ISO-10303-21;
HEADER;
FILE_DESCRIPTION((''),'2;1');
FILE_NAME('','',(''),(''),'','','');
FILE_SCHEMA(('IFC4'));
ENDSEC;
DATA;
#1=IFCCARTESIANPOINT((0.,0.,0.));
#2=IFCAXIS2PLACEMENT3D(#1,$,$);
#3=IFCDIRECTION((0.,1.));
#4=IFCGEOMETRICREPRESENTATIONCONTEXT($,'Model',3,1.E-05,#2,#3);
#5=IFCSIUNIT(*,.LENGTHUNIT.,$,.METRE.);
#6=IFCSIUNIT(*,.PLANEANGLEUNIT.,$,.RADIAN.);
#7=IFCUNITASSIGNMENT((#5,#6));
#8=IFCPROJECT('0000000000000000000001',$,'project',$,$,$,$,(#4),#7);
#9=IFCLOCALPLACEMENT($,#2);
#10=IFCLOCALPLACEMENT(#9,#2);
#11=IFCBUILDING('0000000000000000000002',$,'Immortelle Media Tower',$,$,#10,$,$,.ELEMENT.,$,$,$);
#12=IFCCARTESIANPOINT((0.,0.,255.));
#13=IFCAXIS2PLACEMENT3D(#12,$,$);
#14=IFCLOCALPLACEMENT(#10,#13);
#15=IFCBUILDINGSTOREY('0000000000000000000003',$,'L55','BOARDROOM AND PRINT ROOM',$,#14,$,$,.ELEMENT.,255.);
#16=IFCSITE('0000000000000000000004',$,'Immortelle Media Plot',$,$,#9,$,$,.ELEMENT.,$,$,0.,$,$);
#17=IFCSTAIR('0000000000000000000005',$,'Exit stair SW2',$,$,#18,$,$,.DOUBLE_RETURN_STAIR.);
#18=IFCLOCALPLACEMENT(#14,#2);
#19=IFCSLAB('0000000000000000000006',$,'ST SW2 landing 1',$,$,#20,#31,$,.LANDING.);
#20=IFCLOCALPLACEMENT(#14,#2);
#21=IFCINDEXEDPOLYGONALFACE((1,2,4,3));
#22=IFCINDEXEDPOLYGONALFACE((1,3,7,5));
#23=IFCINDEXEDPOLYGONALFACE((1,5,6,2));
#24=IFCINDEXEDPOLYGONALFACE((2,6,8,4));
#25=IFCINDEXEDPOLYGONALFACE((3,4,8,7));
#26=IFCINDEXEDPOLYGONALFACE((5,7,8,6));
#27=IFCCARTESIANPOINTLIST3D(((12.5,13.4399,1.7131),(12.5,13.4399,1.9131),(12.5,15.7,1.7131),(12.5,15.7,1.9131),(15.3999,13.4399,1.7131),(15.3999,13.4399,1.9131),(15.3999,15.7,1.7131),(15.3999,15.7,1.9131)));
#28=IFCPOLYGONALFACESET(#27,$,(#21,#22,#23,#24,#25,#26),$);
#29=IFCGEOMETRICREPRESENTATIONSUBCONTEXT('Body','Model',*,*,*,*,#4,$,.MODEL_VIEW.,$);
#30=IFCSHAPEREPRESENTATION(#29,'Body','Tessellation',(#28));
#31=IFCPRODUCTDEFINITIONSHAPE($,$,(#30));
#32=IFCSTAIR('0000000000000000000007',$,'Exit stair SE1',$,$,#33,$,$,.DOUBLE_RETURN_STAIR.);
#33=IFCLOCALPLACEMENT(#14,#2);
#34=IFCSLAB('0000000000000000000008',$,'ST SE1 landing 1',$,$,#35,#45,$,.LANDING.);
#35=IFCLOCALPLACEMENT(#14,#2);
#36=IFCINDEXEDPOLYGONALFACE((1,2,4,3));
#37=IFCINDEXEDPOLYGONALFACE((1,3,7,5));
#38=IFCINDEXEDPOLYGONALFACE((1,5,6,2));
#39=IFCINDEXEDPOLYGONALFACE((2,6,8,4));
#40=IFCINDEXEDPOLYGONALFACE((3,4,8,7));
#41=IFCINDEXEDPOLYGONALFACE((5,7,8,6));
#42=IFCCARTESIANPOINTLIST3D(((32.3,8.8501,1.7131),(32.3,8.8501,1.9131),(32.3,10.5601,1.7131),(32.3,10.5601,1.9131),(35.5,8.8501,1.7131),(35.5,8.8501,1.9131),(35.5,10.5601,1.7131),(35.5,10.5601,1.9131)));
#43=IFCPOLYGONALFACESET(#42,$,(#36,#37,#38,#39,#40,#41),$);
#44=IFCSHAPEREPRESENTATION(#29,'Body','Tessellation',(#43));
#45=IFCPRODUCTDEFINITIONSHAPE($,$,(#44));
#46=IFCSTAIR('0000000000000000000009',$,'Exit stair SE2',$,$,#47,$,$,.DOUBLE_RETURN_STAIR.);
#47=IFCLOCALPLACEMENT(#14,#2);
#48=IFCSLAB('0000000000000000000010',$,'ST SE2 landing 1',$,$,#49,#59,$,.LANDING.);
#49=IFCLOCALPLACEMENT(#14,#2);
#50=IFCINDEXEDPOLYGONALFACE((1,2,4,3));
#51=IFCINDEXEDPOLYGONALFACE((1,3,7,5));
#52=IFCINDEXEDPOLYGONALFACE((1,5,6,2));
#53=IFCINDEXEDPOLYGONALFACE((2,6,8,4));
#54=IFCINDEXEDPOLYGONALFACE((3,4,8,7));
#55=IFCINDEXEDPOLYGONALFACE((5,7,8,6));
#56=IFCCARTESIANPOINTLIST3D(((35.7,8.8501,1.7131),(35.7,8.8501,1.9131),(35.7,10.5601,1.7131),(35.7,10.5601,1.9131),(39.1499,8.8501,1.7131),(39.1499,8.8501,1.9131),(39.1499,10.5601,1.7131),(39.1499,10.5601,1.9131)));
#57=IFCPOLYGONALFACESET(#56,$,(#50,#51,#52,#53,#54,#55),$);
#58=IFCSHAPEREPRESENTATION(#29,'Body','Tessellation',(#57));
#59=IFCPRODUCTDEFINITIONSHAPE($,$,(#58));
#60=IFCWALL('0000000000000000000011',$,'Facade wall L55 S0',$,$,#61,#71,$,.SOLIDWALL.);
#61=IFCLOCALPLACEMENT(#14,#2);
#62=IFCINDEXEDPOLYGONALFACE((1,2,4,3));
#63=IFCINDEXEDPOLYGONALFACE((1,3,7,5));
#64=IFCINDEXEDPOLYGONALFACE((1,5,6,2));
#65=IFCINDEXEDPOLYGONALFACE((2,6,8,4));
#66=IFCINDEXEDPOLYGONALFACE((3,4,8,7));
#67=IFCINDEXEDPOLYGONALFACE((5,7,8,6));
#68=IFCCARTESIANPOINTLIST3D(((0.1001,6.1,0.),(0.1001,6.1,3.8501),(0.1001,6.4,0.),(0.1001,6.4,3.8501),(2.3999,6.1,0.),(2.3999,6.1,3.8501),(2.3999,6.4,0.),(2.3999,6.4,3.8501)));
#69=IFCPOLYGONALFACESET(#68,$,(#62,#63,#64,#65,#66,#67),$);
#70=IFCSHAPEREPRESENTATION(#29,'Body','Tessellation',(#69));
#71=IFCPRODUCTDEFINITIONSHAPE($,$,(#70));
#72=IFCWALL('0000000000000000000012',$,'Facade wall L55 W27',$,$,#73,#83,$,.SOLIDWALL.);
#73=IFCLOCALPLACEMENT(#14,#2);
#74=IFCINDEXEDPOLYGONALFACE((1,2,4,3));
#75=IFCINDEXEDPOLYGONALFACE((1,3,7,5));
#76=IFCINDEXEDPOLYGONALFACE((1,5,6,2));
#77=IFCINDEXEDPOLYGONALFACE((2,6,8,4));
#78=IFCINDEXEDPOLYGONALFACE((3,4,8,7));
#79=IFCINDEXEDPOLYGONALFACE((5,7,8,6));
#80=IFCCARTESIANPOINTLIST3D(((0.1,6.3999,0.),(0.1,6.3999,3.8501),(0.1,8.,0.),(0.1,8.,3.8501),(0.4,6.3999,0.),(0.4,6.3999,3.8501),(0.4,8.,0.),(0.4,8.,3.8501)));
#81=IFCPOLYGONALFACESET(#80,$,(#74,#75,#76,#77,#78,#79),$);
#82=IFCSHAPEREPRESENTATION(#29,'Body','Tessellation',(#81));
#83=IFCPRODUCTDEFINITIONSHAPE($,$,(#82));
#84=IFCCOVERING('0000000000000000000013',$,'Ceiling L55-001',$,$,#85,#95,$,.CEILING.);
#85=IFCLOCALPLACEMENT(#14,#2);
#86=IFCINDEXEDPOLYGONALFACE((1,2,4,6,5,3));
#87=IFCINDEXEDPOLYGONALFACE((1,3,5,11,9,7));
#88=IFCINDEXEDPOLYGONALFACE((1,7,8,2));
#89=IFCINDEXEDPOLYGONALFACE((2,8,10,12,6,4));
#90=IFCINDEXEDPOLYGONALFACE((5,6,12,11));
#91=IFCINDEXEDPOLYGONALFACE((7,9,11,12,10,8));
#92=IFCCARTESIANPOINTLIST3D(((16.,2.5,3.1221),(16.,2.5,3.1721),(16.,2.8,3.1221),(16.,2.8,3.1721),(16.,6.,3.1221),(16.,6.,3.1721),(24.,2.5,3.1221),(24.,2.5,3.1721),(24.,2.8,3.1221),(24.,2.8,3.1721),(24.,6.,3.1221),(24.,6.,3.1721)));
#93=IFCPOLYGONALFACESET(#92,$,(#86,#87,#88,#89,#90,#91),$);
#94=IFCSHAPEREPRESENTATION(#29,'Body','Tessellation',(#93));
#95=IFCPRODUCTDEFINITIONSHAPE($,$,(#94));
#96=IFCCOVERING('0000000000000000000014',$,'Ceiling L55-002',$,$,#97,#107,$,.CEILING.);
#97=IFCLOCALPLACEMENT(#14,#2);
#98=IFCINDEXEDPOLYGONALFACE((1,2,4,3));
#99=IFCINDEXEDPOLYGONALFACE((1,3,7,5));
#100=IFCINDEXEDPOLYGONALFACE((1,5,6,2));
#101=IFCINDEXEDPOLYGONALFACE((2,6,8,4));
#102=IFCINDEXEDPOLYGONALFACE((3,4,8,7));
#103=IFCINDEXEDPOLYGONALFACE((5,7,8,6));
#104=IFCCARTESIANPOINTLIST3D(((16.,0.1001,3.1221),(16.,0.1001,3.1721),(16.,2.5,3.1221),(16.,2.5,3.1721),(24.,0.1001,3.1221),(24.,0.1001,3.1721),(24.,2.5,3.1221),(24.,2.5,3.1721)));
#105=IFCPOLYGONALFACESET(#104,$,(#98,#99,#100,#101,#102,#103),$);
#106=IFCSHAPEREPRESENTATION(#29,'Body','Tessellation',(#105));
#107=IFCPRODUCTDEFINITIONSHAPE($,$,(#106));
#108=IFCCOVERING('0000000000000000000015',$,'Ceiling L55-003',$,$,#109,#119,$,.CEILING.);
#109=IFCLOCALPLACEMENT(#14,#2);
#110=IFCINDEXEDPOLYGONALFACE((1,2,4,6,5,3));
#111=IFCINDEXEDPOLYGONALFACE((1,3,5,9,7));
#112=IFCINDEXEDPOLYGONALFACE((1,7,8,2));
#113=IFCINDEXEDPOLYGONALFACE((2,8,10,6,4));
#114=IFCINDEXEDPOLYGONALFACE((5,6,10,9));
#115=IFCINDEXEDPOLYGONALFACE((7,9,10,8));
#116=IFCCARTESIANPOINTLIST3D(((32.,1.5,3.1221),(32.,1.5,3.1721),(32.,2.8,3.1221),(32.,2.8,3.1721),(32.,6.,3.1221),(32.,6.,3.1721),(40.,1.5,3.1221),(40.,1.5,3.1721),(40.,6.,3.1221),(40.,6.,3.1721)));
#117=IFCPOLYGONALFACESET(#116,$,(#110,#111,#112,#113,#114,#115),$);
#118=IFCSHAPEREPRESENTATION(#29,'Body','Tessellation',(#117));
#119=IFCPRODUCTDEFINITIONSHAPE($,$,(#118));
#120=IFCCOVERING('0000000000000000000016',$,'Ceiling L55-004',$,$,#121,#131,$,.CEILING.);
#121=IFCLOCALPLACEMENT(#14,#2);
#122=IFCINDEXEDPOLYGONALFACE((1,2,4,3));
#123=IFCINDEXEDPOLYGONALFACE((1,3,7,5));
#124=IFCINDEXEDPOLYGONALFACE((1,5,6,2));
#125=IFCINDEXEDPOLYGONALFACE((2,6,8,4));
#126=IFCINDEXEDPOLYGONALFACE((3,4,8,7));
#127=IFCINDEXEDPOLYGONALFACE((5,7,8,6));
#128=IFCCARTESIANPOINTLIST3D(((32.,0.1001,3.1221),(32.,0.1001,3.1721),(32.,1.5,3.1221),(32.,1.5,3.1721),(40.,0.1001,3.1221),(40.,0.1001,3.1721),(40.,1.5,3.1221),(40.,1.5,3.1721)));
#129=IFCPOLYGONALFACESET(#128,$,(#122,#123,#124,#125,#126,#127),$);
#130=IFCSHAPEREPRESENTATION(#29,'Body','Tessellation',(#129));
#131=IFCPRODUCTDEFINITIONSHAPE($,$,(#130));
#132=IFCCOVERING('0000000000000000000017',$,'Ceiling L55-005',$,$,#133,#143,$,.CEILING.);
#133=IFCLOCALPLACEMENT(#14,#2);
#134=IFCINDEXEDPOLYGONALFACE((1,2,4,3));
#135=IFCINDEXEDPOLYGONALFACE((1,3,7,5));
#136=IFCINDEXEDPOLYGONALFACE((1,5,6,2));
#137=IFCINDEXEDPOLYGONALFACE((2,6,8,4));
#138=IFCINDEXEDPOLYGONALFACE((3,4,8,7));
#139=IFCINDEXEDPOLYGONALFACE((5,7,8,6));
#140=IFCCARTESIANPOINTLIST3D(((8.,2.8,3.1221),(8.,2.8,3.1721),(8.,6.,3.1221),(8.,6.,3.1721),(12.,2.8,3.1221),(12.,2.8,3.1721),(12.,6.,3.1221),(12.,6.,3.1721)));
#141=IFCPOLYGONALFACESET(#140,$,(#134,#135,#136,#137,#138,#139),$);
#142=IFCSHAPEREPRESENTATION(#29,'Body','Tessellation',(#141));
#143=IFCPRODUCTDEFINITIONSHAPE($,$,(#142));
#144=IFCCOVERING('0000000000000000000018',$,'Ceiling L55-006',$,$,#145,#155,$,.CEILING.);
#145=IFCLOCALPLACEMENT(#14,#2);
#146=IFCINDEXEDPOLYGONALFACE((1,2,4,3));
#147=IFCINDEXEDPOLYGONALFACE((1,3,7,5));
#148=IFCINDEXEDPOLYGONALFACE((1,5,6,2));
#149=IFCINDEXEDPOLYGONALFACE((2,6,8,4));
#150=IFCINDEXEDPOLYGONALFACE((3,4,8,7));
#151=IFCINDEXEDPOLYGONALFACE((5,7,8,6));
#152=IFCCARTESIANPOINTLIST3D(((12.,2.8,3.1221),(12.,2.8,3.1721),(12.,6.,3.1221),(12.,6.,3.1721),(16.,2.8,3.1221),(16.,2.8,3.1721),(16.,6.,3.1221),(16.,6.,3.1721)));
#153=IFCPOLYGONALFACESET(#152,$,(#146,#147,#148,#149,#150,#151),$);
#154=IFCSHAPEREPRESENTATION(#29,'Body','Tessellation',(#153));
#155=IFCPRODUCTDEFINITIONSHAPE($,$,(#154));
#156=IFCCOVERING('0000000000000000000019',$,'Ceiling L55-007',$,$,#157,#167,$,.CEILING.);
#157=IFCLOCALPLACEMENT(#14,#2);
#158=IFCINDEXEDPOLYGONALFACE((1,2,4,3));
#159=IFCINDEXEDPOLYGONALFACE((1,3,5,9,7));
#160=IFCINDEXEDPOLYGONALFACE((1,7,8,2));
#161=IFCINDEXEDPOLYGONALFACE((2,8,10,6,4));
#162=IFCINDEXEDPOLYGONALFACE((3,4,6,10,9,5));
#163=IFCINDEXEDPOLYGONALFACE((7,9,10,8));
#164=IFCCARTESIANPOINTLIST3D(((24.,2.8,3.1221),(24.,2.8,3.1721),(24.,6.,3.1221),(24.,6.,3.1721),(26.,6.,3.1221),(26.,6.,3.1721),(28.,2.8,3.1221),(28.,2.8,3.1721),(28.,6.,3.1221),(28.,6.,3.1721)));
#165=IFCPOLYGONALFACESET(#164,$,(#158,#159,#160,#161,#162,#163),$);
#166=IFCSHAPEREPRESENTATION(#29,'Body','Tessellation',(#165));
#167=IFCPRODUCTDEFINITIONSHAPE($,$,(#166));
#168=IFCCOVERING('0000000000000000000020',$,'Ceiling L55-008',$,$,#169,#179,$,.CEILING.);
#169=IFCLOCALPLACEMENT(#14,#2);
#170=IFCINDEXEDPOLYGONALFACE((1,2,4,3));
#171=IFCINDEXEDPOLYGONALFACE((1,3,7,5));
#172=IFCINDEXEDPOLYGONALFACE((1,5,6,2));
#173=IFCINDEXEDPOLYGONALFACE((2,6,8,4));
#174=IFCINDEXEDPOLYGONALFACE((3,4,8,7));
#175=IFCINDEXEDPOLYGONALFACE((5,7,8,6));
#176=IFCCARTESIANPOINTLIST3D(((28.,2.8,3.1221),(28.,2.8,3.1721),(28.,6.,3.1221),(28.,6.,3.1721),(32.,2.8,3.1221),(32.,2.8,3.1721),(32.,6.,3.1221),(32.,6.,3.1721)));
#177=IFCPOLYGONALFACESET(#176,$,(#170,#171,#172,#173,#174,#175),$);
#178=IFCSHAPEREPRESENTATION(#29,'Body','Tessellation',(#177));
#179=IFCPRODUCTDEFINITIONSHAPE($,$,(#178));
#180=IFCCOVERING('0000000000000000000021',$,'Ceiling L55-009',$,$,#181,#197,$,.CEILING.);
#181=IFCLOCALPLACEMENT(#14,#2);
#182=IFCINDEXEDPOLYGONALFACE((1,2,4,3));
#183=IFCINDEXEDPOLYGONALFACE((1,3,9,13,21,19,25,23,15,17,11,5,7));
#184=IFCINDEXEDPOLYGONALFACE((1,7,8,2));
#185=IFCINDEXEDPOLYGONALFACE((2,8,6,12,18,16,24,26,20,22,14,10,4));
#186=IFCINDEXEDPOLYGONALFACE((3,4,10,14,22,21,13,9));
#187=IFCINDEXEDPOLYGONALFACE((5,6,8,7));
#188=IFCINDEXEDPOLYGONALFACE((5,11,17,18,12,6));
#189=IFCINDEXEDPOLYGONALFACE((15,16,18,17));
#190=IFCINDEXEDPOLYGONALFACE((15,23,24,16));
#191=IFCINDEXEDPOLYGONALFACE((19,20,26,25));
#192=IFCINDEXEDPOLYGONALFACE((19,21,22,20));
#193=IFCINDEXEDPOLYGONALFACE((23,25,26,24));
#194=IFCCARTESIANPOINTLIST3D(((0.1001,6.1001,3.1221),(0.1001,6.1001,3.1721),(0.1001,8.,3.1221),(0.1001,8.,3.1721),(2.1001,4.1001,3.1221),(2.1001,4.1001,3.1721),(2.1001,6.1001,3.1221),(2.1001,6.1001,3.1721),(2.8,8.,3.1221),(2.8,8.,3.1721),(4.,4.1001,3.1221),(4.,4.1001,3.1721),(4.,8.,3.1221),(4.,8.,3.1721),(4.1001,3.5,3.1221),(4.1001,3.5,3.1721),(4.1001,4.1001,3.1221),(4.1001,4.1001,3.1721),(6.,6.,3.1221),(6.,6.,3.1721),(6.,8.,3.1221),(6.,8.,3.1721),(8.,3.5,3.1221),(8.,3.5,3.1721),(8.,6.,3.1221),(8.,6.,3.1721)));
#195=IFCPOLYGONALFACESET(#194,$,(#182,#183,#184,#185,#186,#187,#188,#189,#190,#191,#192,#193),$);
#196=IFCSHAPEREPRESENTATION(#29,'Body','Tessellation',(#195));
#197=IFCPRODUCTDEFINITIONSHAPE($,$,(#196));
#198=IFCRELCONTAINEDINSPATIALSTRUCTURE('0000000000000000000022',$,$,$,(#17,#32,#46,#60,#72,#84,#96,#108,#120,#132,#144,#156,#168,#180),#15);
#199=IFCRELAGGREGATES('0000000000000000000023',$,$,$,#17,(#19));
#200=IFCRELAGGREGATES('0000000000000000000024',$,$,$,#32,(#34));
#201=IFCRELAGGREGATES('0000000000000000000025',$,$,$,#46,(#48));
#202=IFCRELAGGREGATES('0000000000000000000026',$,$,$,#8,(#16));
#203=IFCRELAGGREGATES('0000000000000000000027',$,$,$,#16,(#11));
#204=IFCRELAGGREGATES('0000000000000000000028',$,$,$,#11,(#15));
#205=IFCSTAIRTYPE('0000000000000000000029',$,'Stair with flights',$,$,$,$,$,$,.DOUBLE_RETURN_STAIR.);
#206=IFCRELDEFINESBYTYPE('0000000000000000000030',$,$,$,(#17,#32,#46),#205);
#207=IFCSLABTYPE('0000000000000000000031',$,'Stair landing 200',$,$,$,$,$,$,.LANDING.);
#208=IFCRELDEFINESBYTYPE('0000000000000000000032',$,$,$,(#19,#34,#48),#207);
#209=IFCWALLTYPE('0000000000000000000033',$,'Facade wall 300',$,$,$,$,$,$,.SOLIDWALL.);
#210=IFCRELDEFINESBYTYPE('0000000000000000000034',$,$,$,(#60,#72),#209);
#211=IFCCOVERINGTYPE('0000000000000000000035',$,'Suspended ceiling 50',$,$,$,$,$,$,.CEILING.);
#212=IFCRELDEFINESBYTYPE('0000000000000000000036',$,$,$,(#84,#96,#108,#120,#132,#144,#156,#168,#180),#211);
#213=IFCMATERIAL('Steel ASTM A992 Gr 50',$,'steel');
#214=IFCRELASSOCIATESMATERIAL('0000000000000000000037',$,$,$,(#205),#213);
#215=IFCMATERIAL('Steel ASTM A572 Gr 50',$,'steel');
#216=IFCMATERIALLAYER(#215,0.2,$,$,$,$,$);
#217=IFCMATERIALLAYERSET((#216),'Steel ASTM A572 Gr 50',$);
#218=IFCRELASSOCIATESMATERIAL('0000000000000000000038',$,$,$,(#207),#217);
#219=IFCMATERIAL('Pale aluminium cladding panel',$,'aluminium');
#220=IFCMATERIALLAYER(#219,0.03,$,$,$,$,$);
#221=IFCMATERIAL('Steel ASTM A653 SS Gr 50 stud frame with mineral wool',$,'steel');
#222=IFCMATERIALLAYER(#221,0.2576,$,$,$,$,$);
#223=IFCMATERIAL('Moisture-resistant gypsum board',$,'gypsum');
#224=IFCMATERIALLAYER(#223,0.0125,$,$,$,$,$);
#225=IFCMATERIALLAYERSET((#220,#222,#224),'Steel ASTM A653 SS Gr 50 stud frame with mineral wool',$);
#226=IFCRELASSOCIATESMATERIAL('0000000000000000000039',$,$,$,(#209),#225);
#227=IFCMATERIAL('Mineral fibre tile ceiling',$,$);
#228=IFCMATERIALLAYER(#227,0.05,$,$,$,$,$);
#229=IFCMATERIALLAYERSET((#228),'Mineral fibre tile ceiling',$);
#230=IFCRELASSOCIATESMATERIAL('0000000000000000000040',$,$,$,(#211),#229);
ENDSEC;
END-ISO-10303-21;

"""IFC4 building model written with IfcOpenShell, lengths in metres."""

from ifc_helpers import new_model, si_unit, direction, frame, frame_2d, origin, place, context, subcontext, project, spatial, polyline, rectangle, outline, extrude, material, layer, layer_set, type_object, element, aggregate, save


model = new_model("IFC4")

# Units and contexts
model_context = context("Model", 3, precision=1e-05, world=origin(), true_north=direction((0.0, 1.0)))
body_context = subcontext(model_context, "Body", "Model", "MODEL_VIEW")
ifc_project = project(units=[si_unit("LENGTHUNIT", "METRE"), si_unit("PLANEANGLEUNIT", "RADIAN")], contexts=[model_context])

# Site, building, storey
site_placement = place(None, origin())
site = spatial("IfcSite", under=ifc_project, at=site_placement, Name="Immortelle Media Plot", CompositionType="ELEMENT", RefElevation=0.0)
building_placement = place(site_placement, origin())
building = spatial("IfcBuilding", under=site, at=building_placement, Name="Immortelle Media Tower", CompositionType="ELEMENT")
storey_placement = place(building_placement, frame((0.0, 0.0, 255.0)))
storey = spatial("IfcBuildingStorey", under=building, at=storey_placement, Name="L55", Description="BOARDROOM AND PRINT ROOM", CompositionType="ELEMENT", Elevation=255.0)

# Shared definitions
ifc_material_1 = material(Name="Steel ASTM A992 Gr 50", Category="steel")

# Stairs, slabs
stair_type = type_object("IfcStairType", Name="Stair with flights", PredefinedType="DOUBLE_RETURN_STAIR", material=ifc_material_1)
ifc_material_2 = material(Name="Steel ASTM A572 Gr 50", Category="steel")
ifc_layer_1 = layer(ifc_material_2, 0.2)
ifc_layer_set_1 = layer_set([ifc_layer_1], Name="Steel ASTM A572 Gr 50")
slab_type_1 = type_object("IfcSlabType", Name="Stair landing 200", PredefinedType="LANDING", material=ifc_layer_set_1)
stair_1_placement = place(storey_placement, origin())
stair_1 = element("IfcStair", 1, at=stair_1_placement, inside=storey, type_object=stair_type, Name="Exit stair SW2", PredefinedType="DOUBLE_RETURN_STAIR")
slab_1_placement = place(storey_placement, frame((0.0, 0.0, 1.7131)))
slab_1 = element("IfcSlab", 2, at=slab_1_placement, type_object=slab_type_1, Name="ST SW2 landing 1", PredefinedType="LANDING", context=body_context, shape_type="SweptSolid", body=[
    extrude(outline(polyline([(12.5, 13.4399), (15.3999, 13.4399), (15.3999, 15.7), (12.5, 15.7), (12.5, 13.4399)])), origin(), (0.0, 0.0, 1.0), 0.2),
])
aggregate(stair_1, [slab_1])
stair_2_placement = place(storey_placement, origin())
stair_2 = element("IfcStair", 3, at=stair_2_placement, inside=storey, type_object=stair_type, Name="Exit stair SE1", PredefinedType="DOUBLE_RETURN_STAIR")
slab_2_placement = place(storey_placement, frame((0.0, 0.0, 1.7131)))
slab_2 = element("IfcSlab", 4, at=slab_2_placement, type_object=slab_type_1, Name="ST SE1 landing 1", PredefinedType="LANDING", context=body_context, shape_type="SweptSolid", body=[
    extrude(outline(polyline([(32.3, 8.8501), (35.5, 8.8501), (35.5, 10.5601), (32.3, 10.5601), (32.3, 8.8501)])), origin(), (0.0, 0.0, 1.0), 0.2),
])
aggregate(stair_2, [slab_2])
stair_3_placement = place(storey_placement, origin())
stair_3 = element("IfcStair", 5, at=stair_3_placement, inside=storey, type_object=stair_type, Name="Exit stair SE2", PredefinedType="DOUBLE_RETURN_STAIR")
slab_3_placement = place(storey_placement, frame((0.0, 0.0, 1.7131)))
slab_3 = element("IfcSlab", 6, at=slab_3_placement, type_object=slab_type_1, Name="ST SE2 landing 1", PredefinedType="LANDING", context=body_context, shape_type="SweptSolid", body=[
    extrude(outline(polyline([(35.7, 8.8501), (39.1499, 8.8501), (39.1499, 10.5601), (35.7, 10.5601), (35.7, 8.8501)])), origin(), (0.0, 0.0, 1.0), 0.2),
])
aggregate(stair_3, [slab_3])

# Walls
ifc_material_3 = material(Name="Pale aluminium cladding panel", Category="aluminium")
ifc_layer_2 = layer(ifc_material_3, 0.03)
ifc_material_4 = material(Name="Steel ASTM A653 SS Gr 50 stud frame with mineral wool", Category="steel")
ifc_layer_3 = layer(ifc_material_4, 0.2576)
ifc_material_5 = material(Name="Moisture-resistant gypsum board", Category="gypsum")
ifc_layer_4 = layer(ifc_material_5, 0.0125)
ifc_layer_set_2 = layer_set([ifc_layer_2, ifc_layer_3, ifc_layer_4], Name="Steel ASTM A653 SS Gr 50 stud frame with mineral wool")
wall_type = type_object("IfcWallType", Name="Facade wall 300", PredefinedType="SOLIDWALL", material=ifc_layer_set_2)
wall_1_placement = place(storey_placement, frame((0.1001, 6.25, 0.0), z_axis=(0.0, 0.0, 1.0), x_axis=(1.0, 0.0, 0.0)))
element("IfcWall", 7, at=wall_1_placement, inside=storey, type_object=wall_type, Name="Facade wall L55 S0", PredefinedType="SOLIDWALL", context=body_context, shape_type="SweptSolid", body=[
    extrude(rectangle(XDim=2.2998, YDim=0.3, at=frame_2d((1.1499, 0.0))), origin(), (0.0, 0.0, 1.0), 3.8501),
])
wall_2_placement = place(storey_placement, frame((0.25, 8.0, 0.0), z_axis=(0.0, 0.0, 1.0), x_axis=(0.0, -1.0, 0.0)))
element("IfcWall", 8, at=wall_2_placement, inside=storey, type_object=wall_type, Name="Facade wall L55 W27", PredefinedType="SOLIDWALL", context=body_context, shape_type="SweptSolid", body=[
    extrude(rectangle(XDim=1.6001, YDim=0.3, at=frame_2d((0.8, 0.0))), origin(), (0.0, 0.0, 1.0), 3.8501),
])

# Coverings
ifc_material_6 = material(Name="Mineral fibre tile ceiling")
ifc_layer_5 = layer(ifc_material_6, 0.05)
ifc_layer_set_3 = layer_set([ifc_layer_5], Name="Mineral fibre tile ceiling")
covering_type = type_object("IfcCoveringType", Name="Suspended ceiling 50", PredefinedType="CEILING", material=ifc_layer_set_3)
covering_1_placement = place(storey_placement, frame((0.0, 0.0, 3.1221)))
element("IfcCovering", 9, at=covering_1_placement, inside=storey, type_object=covering_type, Name="Ceiling L55-001", PredefinedType="CEILING", context=body_context, shape_type="SweptSolid", body=[
    extrude(outline(polyline([(16.0, 2.8), (16.0, 6.0), (24.0, 6.0), (24.0, 2.8), (24.0, 2.5), (16.0, 2.5), (16.0, 2.8)])), origin(), (0.0, 0.0, 1.0), 0.05),
])
covering_2_placement = place(storey_placement, frame((0.0, 0.0, 3.1221)))
element("IfcCovering", 10, at=covering_2_placement, inside=storey, type_object=covering_type, Name="Ceiling L55-002", PredefinedType="CEILING", context=body_context, shape_type="SweptSolid", body=[
    extrude(outline(polyline([(16.0, 2.5), (24.0, 2.5), (24.0, 0.1001), (16.0, 0.1001), (16.0, 2.5)])), origin(), (0.0, 0.0, 1.0), 0.05),
])
covering_3_placement = place(storey_placement, frame((0.0, 0.0, 3.1221)))
element("IfcCovering", 11, at=covering_3_placement, inside=storey, type_object=covering_type, Name="Ceiling L55-003", PredefinedType="CEILING", context=body_context, shape_type="SweptSolid", body=[
    extrude(outline(polyline([(32.0, 2.8), (32.0, 6.0), (40.0, 6.0), (40.0, 1.5), (32.0, 1.5), (32.0, 2.8)])), origin(), (0.0, 0.0, 1.0), 0.05),
])
covering_4_placement = place(storey_placement, frame((0.0, 0.0, 3.1221)))
element("IfcCovering", 12, at=covering_4_placement, inside=storey, type_object=covering_type, Name="Ceiling L55-004", PredefinedType="CEILING", context=body_context, shape_type="SweptSolid", body=[
    extrude(outline(polyline([(32.0, 1.5), (40.0, 1.5), (40.0, 0.1001), (32.0, 0.1001), (32.0, 1.5)])), origin(), (0.0, 0.0, 1.0), 0.05),
])
covering_5_placement = place(storey_placement, frame((0.0, 0.0, 3.1221)))
element("IfcCovering", 13, at=covering_5_placement, inside=storey, type_object=covering_type, Name="Ceiling L55-005", PredefinedType="CEILING", context=body_context, shape_type="SweptSolid", body=[
    extrude(outline(polyline([(8.0, 6.0), (12.0, 6.0), (12.0, 2.8), (8.0, 2.8), (8.0, 6.0)])), origin(), (0.0, 0.0, 1.0), 0.05),
])
covering_6_placement = place(storey_placement, frame((0.0, 0.0, 3.1221)))
element("IfcCovering", 14, at=covering_6_placement, inside=storey, type_object=covering_type, Name="Ceiling L55-006", PredefinedType="CEILING", context=body_context, shape_type="SweptSolid", body=[
    extrude(outline(polyline([(16.0, 6.0), (16.0, 2.8), (12.0, 2.8), (12.0, 6.0), (16.0, 6.0)])), origin(), (0.0, 0.0, 1.0), 0.05),
])
covering_7_placement = place(storey_placement, frame((0.0, 0.0, 3.1221)))
element("IfcCovering", 15, at=covering_7_placement, inside=storey, type_object=covering_type, Name="Ceiling L55-007", PredefinedType="CEILING", context=body_context, shape_type="SweptSolid", body=[
    extrude(outline(polyline([(24.0, 6.0), (26.0, 6.0), (28.0, 6.0), (28.0, 2.8), (24.0, 2.8), (24.0, 6.0)])), origin(), (0.0, 0.0, 1.0), 0.05),
])
covering_8_placement = place(storey_placement, frame((0.0, 0.0, 3.1221)))
element("IfcCovering", 16, at=covering_8_placement, inside=storey, type_object=covering_type, Name="Ceiling L55-008", PredefinedType="CEILING", context=body_context, shape_type="SweptSolid", body=[
    extrude(outline(polyline([(32.0, 6.0), (32.0, 2.8), (28.0, 2.8), (28.0, 6.0), (32.0, 6.0)])), origin(), (0.0, 0.0, 1.0), 0.05),
])
covering_9_placement = place(storey_placement, frame((0.0, 0.0, 3.1221)))
element("IfcCovering", 17, at=covering_9_placement, inside=storey, type_object=covering_type, Name="Ceiling L55-009", PredefinedType="CEILING", context=body_context, shape_type="SweptSolid", body=[
    extrude(outline(polyline([(4.1001, 4.1001), (4.0, 4.1001), (2.1001, 4.1001), (2.1001, 6.1001), (0.1001, 6.1001), (0.1001, 8.0), (2.8, 8.0), (4.0, 8.0), (6.0, 8.0), (6.0, 6.0), (8.0, 6.0), (8.0, 3.5), (4.1001, 3.5), (4.1001, 4.1001)])), origin(), (0.0, 0.0, 1.0), 0.05),
])

save(model, "model.ifc")
